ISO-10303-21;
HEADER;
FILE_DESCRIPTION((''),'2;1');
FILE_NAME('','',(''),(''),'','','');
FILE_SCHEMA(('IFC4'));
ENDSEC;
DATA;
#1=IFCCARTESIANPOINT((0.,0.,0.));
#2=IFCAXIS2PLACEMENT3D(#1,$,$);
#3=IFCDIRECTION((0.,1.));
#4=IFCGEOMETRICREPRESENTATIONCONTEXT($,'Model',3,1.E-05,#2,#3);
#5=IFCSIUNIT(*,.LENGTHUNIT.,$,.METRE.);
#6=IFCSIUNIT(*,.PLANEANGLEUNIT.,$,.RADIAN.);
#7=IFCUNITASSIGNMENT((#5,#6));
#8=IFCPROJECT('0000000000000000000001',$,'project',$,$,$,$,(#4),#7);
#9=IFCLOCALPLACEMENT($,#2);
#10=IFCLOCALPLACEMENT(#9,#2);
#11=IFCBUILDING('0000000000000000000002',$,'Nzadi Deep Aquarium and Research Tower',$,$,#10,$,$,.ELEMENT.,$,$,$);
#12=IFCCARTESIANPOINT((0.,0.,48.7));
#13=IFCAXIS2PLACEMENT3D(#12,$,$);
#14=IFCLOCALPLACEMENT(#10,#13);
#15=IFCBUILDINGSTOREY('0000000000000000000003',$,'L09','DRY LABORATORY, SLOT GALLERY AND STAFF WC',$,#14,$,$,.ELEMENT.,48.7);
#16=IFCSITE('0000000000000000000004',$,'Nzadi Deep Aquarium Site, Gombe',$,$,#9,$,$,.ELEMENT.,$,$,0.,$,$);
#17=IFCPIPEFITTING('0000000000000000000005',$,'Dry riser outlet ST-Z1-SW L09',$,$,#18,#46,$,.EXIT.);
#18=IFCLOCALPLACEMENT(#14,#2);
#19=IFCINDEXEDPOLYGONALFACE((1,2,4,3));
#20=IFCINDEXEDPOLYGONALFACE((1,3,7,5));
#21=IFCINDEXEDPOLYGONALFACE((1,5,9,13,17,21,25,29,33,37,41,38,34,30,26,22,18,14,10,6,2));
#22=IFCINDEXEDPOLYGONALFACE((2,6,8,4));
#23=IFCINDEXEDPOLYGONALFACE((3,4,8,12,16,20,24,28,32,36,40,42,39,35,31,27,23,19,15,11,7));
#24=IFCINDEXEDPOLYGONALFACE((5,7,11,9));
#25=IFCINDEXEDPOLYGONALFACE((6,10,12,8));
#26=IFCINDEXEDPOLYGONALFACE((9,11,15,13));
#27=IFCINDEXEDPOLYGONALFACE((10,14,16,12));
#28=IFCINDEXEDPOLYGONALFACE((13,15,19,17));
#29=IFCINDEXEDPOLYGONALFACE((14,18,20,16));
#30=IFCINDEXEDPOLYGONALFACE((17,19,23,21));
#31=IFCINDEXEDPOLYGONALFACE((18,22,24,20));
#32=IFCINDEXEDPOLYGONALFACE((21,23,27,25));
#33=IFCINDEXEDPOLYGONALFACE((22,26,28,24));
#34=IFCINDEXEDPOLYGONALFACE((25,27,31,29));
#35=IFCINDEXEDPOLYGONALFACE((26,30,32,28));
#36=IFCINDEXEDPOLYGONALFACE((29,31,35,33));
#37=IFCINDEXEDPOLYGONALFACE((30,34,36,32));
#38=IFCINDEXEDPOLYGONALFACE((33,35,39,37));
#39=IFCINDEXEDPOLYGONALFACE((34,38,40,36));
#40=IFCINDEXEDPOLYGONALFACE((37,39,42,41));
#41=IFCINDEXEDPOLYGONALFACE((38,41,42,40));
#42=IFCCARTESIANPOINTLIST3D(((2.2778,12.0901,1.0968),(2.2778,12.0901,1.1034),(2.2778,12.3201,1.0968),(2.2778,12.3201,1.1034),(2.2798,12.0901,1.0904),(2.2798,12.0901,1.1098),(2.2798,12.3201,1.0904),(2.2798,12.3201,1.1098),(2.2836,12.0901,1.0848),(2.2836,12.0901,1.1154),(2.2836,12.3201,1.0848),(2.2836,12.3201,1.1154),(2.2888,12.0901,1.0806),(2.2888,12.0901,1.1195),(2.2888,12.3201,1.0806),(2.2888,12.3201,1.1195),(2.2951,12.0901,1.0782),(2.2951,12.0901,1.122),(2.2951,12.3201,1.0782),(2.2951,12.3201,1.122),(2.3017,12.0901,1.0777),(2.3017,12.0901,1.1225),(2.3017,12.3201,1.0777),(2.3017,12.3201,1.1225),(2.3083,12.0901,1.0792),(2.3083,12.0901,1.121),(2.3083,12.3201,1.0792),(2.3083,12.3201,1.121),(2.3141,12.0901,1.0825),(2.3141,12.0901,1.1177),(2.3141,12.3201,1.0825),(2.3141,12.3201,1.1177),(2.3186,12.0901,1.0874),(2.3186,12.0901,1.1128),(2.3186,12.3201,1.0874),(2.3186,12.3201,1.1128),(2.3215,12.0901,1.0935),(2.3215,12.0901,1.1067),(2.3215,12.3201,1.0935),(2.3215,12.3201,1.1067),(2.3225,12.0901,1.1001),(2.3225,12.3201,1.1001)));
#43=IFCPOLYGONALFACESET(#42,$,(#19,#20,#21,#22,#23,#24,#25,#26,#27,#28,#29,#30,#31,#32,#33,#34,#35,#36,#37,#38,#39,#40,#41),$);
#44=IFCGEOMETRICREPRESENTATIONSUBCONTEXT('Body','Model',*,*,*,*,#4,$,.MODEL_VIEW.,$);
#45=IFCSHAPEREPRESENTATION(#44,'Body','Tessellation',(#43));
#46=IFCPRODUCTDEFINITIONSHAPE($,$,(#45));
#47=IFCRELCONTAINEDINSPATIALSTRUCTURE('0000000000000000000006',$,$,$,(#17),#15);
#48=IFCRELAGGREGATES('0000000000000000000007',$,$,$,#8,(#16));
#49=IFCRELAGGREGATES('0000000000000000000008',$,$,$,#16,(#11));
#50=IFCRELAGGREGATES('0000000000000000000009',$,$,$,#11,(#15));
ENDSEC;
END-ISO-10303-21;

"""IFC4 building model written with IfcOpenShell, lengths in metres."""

from ifc_helpers import new_model, si_unit, direction, frame, origin, origin_2d, place, context, subcontext, project, spatial, circle, extrude, element, save


model = new_model("IFC4")

# Units and contexts
model_context = context("Model", 3, precision=1e-05, world=origin(), true_north=direction((0.0, 1.0)))
body_context = subcontext(model_context, "Body", "Model", "MODEL_VIEW")
ifc_project = project(units=[si_unit("LENGTHUNIT", "METRE"), si_unit("PLANEANGLEUNIT", "RADIAN")], contexts=[model_context])

# Site, building, storey
site_placement = place(None, origin())
site = spatial("IfcSite", under=ifc_project, at=site_placement, Name="Nzadi Deep Aquarium Site, Gombe", CompositionType="ELEMENT", RefElevation=0.0)
building_placement = place(site_placement, origin())
building = spatial("IfcBuilding", under=site, at=building_placement, Name="Nzadi Deep Aquarium and Research Tower", CompositionType="ELEMENT")
storey_placement = place(building_placement, frame((0.0, 0.0, 48.7)))
storey = spatial("IfcBuildingStorey", under=building, at=storey_placement, Name="L09", Description="DRY LABORATORY, SLOT GALLERY AND STAFF WC", CompositionType="ELEMENT", Elevation=48.7)

# Pipe fitting
pipe_fitting_placement = place(storey_placement, frame((2.3, 12.3201, 1.1001), z_axis=(0.0, -1.0, 0.0), x_axis=(1.0, 0.0, 0.0)))
element("IfcPipeFitting", 1, at=pipe_fitting_placement, inside=storey, Name="Dry riser outlet ST-Z1-SW L09", PredefinedType="EXIT", context=body_context, shape_type="SweptSolid", body=[
    extrude(circle(Radius=0.0225, at=origin_2d()), origin(), (0.0, 0.0, 1.0), 0.23),
])

save(model, "model.ifc")
